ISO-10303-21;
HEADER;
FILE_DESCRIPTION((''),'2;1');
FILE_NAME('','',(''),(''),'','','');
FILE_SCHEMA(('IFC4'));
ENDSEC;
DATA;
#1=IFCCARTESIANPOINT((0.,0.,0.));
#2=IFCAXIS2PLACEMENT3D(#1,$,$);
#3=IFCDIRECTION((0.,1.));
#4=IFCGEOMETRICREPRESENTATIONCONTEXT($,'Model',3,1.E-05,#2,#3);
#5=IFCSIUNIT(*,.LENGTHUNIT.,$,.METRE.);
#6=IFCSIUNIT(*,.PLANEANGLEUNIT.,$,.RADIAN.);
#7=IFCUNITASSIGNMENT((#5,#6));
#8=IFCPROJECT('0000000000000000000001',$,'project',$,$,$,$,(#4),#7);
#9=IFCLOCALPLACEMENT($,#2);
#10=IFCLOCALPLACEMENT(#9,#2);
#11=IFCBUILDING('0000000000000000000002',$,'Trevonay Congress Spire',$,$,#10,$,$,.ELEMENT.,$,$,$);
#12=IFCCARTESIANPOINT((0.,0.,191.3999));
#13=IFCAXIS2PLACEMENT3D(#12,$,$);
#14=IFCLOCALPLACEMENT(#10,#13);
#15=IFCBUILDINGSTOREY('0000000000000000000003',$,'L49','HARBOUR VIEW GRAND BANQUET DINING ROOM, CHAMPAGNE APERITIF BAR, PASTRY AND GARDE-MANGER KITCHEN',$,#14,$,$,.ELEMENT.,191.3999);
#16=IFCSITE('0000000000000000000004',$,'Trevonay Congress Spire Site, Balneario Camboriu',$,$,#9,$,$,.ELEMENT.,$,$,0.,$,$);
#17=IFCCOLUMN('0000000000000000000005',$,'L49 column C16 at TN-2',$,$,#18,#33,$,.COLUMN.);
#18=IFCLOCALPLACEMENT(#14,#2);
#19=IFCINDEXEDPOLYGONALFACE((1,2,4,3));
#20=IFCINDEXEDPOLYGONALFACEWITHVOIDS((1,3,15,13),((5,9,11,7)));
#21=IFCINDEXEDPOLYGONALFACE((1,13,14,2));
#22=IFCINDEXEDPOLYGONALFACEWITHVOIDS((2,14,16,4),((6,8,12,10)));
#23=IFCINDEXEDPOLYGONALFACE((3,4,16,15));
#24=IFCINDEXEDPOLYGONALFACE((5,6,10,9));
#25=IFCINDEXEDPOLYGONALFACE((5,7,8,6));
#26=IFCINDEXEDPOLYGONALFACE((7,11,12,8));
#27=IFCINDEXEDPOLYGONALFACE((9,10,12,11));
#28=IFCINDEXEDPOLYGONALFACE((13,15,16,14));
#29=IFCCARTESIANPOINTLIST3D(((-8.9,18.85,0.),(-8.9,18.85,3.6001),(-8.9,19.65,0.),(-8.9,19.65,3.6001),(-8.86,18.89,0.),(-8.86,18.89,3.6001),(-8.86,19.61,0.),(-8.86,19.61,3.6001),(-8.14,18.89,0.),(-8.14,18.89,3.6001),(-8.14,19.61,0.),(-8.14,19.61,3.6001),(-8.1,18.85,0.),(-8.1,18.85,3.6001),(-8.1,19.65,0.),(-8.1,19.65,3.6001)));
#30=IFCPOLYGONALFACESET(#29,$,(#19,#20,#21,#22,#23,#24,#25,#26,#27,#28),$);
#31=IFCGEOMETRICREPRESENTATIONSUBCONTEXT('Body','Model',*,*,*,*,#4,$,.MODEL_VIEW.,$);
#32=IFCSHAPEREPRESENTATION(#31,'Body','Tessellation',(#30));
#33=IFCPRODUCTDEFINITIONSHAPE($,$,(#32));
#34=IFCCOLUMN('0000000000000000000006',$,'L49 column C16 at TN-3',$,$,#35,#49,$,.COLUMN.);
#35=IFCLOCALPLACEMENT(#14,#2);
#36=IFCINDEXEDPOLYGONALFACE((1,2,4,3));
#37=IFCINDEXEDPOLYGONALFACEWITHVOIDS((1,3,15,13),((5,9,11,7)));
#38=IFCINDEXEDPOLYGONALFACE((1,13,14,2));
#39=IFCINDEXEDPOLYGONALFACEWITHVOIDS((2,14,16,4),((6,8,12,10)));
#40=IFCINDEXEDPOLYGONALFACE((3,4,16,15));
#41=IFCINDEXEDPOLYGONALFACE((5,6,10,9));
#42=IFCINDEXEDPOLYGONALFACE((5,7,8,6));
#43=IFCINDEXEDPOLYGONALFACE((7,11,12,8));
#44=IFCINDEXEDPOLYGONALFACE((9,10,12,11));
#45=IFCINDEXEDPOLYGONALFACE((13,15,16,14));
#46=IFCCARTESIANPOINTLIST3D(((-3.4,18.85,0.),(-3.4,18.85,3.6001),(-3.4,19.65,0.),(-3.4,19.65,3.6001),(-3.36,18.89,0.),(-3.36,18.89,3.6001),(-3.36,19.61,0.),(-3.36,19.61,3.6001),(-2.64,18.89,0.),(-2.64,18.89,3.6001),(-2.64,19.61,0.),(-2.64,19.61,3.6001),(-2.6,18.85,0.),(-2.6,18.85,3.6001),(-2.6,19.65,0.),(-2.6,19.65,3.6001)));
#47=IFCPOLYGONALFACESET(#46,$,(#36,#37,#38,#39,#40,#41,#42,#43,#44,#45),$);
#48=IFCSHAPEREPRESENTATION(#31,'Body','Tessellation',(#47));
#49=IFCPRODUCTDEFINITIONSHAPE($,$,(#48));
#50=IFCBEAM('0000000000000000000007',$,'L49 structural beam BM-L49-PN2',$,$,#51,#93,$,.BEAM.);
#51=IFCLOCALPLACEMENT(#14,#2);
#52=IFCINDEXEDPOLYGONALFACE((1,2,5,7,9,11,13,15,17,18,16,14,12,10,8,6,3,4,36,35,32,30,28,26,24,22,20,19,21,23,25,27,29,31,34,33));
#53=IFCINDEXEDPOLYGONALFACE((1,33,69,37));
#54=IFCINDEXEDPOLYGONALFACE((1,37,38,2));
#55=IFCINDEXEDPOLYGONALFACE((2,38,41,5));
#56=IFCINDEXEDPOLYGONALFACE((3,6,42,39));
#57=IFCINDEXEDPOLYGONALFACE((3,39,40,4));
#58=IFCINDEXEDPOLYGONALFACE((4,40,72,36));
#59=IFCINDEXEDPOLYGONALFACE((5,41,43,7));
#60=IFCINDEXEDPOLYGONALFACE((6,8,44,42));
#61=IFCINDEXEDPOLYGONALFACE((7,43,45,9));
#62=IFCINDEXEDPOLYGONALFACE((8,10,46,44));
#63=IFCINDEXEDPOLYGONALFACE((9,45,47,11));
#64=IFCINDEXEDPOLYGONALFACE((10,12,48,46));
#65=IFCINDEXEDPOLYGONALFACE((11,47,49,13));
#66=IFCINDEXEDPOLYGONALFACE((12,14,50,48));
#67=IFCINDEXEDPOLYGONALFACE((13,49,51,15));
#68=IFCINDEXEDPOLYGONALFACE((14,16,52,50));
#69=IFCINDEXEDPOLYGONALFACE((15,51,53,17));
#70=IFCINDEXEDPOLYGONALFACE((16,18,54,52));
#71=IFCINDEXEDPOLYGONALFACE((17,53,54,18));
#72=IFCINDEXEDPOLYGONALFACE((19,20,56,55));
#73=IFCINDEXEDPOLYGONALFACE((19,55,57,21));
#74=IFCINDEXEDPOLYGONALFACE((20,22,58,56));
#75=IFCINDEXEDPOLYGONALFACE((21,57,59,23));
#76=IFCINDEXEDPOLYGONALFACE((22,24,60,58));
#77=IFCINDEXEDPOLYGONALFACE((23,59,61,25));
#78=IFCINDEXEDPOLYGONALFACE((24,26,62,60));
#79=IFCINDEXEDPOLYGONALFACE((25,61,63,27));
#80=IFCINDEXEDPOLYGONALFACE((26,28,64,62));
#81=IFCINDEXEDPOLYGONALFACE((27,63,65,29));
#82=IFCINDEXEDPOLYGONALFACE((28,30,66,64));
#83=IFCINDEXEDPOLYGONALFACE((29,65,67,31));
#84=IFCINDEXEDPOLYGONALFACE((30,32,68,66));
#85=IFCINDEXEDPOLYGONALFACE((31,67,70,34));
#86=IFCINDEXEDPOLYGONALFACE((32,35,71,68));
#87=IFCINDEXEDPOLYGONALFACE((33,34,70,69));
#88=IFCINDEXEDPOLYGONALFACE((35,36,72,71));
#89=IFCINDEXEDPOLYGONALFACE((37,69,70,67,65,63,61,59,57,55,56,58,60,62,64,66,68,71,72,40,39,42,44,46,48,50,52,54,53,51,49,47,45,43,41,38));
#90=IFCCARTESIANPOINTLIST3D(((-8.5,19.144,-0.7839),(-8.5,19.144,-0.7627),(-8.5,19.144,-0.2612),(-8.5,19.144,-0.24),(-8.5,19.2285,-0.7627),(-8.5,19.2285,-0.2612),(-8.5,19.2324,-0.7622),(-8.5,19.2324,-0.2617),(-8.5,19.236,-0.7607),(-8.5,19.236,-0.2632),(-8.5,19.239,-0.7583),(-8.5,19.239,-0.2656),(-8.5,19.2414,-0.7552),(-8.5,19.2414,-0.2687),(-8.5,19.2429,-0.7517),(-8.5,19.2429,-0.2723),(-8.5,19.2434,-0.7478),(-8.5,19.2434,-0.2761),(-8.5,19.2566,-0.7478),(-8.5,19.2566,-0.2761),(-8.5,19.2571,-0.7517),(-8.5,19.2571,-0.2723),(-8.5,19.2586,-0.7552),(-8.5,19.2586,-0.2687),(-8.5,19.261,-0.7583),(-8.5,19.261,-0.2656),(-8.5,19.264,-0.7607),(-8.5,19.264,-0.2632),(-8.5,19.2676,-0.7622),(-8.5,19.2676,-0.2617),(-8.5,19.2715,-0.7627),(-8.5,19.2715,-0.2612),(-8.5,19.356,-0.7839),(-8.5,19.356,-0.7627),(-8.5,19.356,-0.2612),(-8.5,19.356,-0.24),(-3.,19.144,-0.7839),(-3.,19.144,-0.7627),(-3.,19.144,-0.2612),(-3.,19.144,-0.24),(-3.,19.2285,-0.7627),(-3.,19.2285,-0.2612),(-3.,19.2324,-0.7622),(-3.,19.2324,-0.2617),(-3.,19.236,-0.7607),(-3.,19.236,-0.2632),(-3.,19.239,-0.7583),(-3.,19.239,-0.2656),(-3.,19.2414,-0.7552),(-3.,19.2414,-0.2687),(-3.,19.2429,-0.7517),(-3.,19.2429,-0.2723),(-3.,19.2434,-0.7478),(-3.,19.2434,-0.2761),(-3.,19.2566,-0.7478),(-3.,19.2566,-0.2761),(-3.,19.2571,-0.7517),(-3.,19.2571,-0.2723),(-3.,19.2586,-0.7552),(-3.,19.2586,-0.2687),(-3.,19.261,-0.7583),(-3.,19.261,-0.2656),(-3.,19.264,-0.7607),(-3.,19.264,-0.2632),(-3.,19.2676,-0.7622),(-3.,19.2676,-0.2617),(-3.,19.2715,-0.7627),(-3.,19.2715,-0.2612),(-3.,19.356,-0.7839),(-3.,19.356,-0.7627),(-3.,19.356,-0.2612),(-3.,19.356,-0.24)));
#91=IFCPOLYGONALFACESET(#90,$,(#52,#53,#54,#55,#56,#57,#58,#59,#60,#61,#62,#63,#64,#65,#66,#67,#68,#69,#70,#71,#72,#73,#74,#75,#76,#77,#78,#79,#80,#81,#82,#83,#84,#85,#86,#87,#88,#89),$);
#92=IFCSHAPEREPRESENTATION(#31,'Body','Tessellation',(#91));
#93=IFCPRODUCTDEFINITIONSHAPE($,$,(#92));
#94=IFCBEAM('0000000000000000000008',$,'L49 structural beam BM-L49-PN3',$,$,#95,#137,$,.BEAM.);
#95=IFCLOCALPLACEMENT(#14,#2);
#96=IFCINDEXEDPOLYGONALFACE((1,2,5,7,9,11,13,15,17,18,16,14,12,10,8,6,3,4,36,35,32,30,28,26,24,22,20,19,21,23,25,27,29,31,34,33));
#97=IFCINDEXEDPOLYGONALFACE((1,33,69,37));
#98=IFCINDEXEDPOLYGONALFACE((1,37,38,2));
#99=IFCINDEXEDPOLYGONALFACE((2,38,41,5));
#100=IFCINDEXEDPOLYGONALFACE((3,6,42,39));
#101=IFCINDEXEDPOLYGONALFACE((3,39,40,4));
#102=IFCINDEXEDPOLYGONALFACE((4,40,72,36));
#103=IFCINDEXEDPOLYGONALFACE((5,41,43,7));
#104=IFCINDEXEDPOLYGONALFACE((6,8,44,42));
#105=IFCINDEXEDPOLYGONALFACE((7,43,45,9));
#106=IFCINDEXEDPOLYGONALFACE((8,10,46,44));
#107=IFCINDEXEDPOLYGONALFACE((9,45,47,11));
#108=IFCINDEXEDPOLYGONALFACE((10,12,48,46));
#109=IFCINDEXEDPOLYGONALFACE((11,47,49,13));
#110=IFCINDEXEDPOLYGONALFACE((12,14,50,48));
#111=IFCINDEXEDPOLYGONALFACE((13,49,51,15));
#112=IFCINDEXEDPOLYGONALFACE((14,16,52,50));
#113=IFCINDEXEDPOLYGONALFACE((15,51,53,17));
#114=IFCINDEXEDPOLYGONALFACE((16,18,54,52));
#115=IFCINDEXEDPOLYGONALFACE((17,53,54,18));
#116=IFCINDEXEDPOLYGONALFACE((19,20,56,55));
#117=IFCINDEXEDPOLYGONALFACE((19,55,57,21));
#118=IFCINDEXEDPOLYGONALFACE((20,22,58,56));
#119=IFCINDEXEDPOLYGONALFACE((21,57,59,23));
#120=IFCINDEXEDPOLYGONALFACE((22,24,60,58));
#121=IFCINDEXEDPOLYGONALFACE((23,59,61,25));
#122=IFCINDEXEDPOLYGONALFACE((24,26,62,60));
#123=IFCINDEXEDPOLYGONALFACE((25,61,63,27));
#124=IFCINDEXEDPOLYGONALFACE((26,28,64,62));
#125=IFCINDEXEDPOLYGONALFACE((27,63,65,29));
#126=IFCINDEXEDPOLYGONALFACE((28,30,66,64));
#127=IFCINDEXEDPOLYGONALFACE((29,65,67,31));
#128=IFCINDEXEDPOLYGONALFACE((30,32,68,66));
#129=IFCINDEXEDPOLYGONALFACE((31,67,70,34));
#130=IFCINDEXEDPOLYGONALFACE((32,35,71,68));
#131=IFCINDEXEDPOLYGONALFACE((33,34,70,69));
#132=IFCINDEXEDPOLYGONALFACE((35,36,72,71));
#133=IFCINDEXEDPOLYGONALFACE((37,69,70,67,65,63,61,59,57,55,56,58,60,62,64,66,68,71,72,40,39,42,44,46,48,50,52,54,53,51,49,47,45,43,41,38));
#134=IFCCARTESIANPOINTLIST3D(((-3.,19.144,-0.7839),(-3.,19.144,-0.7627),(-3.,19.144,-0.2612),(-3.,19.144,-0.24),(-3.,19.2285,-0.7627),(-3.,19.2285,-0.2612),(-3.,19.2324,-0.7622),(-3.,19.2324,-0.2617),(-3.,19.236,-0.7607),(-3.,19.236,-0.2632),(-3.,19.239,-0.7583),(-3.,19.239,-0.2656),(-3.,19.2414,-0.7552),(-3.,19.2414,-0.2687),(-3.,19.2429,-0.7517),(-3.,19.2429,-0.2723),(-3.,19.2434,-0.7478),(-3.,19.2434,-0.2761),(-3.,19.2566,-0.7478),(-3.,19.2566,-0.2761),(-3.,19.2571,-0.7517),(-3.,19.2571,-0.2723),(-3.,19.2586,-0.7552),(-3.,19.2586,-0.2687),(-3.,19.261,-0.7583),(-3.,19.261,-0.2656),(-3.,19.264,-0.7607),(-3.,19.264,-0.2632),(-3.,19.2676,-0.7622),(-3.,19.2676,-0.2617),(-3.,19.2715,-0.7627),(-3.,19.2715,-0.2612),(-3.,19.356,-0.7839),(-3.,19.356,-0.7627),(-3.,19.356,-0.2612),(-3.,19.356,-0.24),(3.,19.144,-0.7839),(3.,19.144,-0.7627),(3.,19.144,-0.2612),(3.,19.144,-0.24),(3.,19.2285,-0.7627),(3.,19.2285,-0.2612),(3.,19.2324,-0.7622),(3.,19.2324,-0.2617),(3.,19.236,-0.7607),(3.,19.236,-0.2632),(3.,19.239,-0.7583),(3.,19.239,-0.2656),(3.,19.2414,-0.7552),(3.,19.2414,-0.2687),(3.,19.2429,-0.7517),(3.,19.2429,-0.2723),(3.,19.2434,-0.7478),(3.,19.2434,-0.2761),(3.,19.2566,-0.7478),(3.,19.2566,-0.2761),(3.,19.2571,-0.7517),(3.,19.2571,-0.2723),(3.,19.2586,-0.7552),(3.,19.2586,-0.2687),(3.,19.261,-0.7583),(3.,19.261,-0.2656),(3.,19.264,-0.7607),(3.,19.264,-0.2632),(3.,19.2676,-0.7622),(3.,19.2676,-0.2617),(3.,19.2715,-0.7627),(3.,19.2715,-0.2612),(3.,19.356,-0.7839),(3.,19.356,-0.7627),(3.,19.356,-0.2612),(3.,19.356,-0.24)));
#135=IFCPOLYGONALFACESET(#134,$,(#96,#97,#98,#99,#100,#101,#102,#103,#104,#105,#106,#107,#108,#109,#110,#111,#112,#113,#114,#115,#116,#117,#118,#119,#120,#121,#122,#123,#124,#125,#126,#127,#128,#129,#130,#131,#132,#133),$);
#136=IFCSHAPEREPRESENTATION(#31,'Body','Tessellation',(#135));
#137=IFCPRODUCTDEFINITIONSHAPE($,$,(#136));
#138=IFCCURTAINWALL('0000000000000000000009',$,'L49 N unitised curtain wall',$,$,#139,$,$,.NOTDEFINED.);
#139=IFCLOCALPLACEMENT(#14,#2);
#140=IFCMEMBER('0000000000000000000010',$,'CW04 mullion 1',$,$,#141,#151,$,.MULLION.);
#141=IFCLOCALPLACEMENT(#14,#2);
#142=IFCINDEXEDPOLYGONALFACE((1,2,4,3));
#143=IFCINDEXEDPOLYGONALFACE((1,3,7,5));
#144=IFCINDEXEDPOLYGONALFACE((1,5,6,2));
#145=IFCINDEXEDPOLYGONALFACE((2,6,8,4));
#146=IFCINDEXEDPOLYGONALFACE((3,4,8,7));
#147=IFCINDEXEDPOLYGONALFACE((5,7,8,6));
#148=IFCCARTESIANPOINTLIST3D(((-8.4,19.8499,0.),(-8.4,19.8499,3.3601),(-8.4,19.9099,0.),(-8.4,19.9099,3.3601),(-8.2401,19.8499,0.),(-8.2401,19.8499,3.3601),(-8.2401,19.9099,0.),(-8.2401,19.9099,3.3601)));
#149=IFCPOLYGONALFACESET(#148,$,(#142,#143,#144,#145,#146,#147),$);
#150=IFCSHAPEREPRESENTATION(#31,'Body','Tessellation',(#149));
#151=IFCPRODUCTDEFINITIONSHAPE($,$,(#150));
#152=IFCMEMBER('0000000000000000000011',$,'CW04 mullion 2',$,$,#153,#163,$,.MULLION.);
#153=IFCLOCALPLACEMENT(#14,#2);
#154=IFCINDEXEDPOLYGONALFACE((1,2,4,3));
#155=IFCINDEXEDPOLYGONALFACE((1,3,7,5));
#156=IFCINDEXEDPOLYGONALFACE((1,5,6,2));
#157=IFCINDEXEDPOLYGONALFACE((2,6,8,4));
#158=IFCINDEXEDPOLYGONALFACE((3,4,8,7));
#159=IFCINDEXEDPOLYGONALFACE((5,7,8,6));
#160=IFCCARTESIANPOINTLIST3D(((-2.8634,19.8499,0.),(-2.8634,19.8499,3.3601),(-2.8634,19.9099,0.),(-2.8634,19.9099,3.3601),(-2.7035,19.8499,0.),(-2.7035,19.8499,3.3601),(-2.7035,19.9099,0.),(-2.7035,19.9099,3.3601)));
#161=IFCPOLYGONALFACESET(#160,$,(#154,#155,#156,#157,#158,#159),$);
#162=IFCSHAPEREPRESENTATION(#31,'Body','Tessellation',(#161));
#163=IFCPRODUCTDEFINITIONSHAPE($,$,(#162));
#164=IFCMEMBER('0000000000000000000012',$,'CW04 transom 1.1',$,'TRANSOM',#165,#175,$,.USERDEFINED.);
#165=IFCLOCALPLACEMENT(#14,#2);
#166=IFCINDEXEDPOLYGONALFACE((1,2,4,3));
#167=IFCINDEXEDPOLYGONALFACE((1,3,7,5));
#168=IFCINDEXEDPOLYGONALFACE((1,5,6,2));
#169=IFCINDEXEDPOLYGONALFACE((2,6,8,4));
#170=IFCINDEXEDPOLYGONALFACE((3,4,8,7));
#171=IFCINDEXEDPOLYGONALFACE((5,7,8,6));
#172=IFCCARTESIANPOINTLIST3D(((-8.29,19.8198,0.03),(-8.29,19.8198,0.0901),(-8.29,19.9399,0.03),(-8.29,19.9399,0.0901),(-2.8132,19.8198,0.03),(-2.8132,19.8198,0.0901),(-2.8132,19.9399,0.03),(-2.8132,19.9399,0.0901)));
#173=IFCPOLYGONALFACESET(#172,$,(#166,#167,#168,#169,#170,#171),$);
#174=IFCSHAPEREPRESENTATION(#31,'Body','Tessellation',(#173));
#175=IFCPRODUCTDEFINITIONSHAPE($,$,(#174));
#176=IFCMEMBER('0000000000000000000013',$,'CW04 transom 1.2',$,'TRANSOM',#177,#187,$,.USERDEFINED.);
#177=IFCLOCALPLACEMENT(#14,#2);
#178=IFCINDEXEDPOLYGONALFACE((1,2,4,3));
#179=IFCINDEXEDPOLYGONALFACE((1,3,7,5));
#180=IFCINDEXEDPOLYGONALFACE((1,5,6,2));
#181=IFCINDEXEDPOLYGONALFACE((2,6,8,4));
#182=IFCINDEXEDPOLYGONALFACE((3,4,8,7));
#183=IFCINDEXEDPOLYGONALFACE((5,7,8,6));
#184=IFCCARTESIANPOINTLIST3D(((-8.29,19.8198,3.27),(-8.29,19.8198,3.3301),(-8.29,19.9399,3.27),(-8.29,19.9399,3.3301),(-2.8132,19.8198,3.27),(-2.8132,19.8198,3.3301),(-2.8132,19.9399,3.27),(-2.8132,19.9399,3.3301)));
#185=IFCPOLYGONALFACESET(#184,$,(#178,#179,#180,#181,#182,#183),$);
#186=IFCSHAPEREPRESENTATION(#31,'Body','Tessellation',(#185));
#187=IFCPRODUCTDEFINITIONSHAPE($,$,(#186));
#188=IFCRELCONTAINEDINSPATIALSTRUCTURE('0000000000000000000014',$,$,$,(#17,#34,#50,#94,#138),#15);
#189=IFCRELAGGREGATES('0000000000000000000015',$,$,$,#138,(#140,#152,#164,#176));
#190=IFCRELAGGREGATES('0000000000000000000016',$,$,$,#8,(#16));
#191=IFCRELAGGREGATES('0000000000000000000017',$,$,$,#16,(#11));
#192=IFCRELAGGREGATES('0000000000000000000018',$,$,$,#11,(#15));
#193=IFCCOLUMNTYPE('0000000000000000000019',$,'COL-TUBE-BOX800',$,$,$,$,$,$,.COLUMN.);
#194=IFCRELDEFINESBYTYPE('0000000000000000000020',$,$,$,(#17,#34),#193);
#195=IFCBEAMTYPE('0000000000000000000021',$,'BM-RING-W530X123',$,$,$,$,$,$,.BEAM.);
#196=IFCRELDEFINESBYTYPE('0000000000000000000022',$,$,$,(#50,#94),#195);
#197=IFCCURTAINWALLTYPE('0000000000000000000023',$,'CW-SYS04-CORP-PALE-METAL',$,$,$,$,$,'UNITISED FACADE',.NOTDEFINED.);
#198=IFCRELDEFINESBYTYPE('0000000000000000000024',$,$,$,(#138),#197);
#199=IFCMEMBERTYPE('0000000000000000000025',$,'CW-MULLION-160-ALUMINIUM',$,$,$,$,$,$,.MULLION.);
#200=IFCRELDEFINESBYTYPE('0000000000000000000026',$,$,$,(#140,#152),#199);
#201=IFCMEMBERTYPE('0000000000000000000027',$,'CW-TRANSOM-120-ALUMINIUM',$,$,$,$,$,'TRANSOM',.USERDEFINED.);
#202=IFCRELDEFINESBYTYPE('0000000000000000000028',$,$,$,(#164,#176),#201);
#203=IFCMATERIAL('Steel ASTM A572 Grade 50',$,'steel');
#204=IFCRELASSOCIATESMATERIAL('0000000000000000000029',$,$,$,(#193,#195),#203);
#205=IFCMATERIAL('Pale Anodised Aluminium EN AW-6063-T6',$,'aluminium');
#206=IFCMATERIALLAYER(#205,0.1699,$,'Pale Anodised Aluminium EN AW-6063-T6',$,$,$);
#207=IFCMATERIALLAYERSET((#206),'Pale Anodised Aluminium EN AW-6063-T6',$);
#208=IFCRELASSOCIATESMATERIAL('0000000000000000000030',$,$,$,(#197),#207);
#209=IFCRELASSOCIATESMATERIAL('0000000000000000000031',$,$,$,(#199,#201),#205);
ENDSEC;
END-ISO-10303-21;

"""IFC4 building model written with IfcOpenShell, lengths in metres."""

from ifc_helpers import new_model, si_unit, direction, frame, origin, origin_2d, place, context, subcontext, project, spatial, rectangle, hollow_rectangle, i_section, extrude, material, layer, layer_set, material_profile, profile_set, type_object, element, aggregate, save


model = new_model("IFC4")

# Units and contexts
model_context = context("Model", 3, precision=1e-05, world=origin(), true_north=direction((0.0, 1.0)))
body_context = subcontext(model_context, "Body", "Model", "MODEL_VIEW")
ifc_project = project(units=[si_unit("LENGTHUNIT", "METRE"), si_unit("PLANEANGLEUNIT", "RADIAN")], contexts=[model_context])

# Site, building, storey
site_placement = place(None, origin())
site = spatial("IfcSite", under=ifc_project, at=site_placement, Name="Trevonay Congress Spire Site, Balneario Camboriu", CompositionType="ELEMENT", RefElevation=0.0)
building_placement = place(site_placement, origin())
building = spatial("IfcBuilding", under=site, at=building_placement, Name="Trevonay Congress Spire", CompositionType="ELEMENT")
storey_placement = place(building_placement, frame((0.0, 0.0, 191.3999)))
storey = spatial("IfcBuildingStorey", under=building, at=storey_placement, Name="L49", Description="HARBOUR VIEW GRAND BANQUET DINING ROOM, CHAMPAGNE APERITIF BAR, PASTRY AND GARDE-MANGER KITCHEN", CompositionType="ELEMENT", Elevation=191.3999)

# Columns
ifc_material_1 = material(Name="Steel ASTM A572 Grade 50", Category="steel")
ifc_material_profile_1 = material_profile(ifc_material_1, hollow_rectangle(XDim=0.8, YDim=0.8, WallThickness=0.04, at=origin_2d()), Name="BOX 800x800x40")
ifc_profile_set_1 = profile_set([ifc_material_profile_1], Name="Steel ASTM A572 Grade 50")
column_type = type_object("IfcColumnType", Name="COL-TUBE-BOX800", PredefinedType="COLUMN", material=ifc_profile_set_1)
for number, where, z_axis, x_axis, name in (
    (1, (-8.5, 19.25, 0.0), (0.0, 0.0, 1.0), (1.0, 0.0, 0.0), "L49 column C16 at TN-2"),
    (2, (-3.0, 19.25, 0.0), (0.0, 0.0, 1.0), (1.0, 0.0, 0.0), "L49 column C16 at TN-3"),
):
    element("IfcColumn", number, at=place(storey_placement, frame(where, z_axis=z_axis, x_axis=x_axis)), inside=storey, type_object=column_type, Name=name, PredefinedType="COLUMN", context=body_context, shape_type="SweptSolid", body=[
        extrude(hollow_rectangle(XDim=0.8, YDim=0.8, WallThickness=0.04, at=origin_2d()), origin(), (0.0, 0.0, 1.0), 3.6001),
    ])

# Beams
ifc_material_profile_2 = material_profile(ifc_material_1, i_section(OverallWidth=0.2119, OverallDepth=0.5439, WebThickness=0.0132, FlangeThickness=0.0212, FilletRadius=0.0149, at=origin_2d()), Name="W530x123")
ifc_profile_set_2 = profile_set([ifc_material_profile_2], Name="Steel ASTM A572 Grade 50")
beam_type = type_object("IfcBeamType", Name="BM-RING-W530X123", PredefinedType="BEAM", material=ifc_profile_set_2)
beam_1_placement = place(storey_placement, frame((-8.5, 19.25, -0.512), z_axis=(1.0, 0.0, 0.0), x_axis=(0.0, 1.0, 0.0)))
element("IfcBeam", 3, at=beam_1_placement, inside=storey, type_object=beam_type, Name="L49 structural beam BM-L49-PN2", PredefinedType="BEAM", context=body_context, shape_type="SweptSolid", body=[
    extrude(i_section(OverallWidth=0.2119, OverallDepth=0.5439, WebThickness=0.0132, FlangeThickness=0.0212, FilletRadius=0.0149, at=origin_2d()), origin(), (0.0, 0.0, 1.0), 5.5),
])
beam_2_placement = place(storey_placement, frame((-3.0, 19.25, -0.512), z_axis=(1.0, 0.0, 0.0), x_axis=(0.0, 1.0, 0.0)))
element("IfcBeam", 4, at=beam_2_placement, inside=storey, type_object=beam_type, Name="L49 structural beam BM-L49-PN3", PredefinedType="BEAM", context=body_context, shape_type="SweptSolid", body=[
    extrude(i_section(OverallWidth=0.2119, OverallDepth=0.5439, WebThickness=0.0132, FlangeThickness=0.0212, FilletRadius=0.0149, at=origin_2d()), origin(), (0.0, 0.0, 1.0), 6.0),
])

# Curtain wall, members
ifc_material_2 = material(Name="Pale Anodised Aluminium EN AW-6063-T6", Category="aluminium")
ifc_layer_1 = layer(ifc_material_2, 0.1699, Name="Pale Anodised Aluminium EN AW-6063-T6")
ifc_layer_set_1 = layer_set([ifc_layer_1], Name="Pale Anodised Aluminium EN AW-6063-T6")
curtain_wall_type = type_object("IfcCurtainWallType", Name="CW-SYS04-CORP-PALE-METAL", ElementType="UNITISED FACADE", PredefinedType="NOTDEFINED", material=ifc_layer_set_1)
curtain_wall_placement = place(storey_placement, origin())
curtain_wall = element("IfcCurtainWall", 5, at=curtain_wall_placement, inside=storey, type_object=curtain_wall_type, Name="L49 N unitised curtain wall", PredefinedType="NOTDEFINED")
ifc_material_profile_3 = material_profile(ifc_material_2, rectangle(XDim=0.0601, YDim=0.1599, at=origin_2d()), Name="CW-MULLION-160-ALUMINIUM")
ifc_profile_set_3 = profile_set([ifc_material_profile_3], Name="Pale Anodised Aluminium EN AW-6063-T6")
member_type_1 = type_object("IfcMemberType", Name="CW-MULLION-160-ALUMINIUM", PredefinedType="MULLION", material=ifc_profile_set_3)
member_1_placement = place(storey_placement, frame((-8.3201, 19.8799, 0.0), z_axis=(0.0, 0.0, 1.0), x_axis=(0.0, 1.0, 0.0)))
member_1 = element("IfcMember", 6, at=member_1_placement, type_object=member_type_1, Name="CW04 mullion 1", PredefinedType="MULLION", context=body_context, shape_type="SweptSolid", body=[
    extrude(rectangle(XDim=0.0601, YDim=0.1599, at=origin_2d()), origin(), (0.0, 0.0, 1.0), 3.3601),
])
member_2_placement = place(storey_placement, frame((-2.7834, 19.8799, 0.0), z_axis=(0.0, 0.0, 1.0), x_axis=(0.0, 1.0, 0.0)))
member_2 = element("IfcMember", 7, at=member_2_placement, type_object=member_type_1, Name="CW04 mullion 2", PredefinedType="MULLION", context=body_context, shape_type="SweptSolid", body=[
    extrude(rectangle(XDim=0.0601, YDim=0.1599, at=origin_2d()), origin(), (0.0, 0.0, 1.0), 3.3601),
])
ifc_material_profile_4 = material_profile(ifc_material_2, rectangle(XDim=0.1201, YDim=0.0601, at=origin_2d()), Name="CW-TRANSOM-120-ALUMINIUM")
ifc_profile_set_4 = profile_set([ifc_material_profile_4], Name="Pale Anodised Aluminium EN AW-6063-T6")
member_type_2 = type_object("IfcMemberType", Name="CW-TRANSOM-120-ALUMINIUM", ElementType="TRANSOM", PredefinedType="USERDEFINED", material=ifc_profile_set_4)
member_3_placement = place(storey_placement, frame((-8.29, 19.8799, 0.0601), z_axis=(1.0, 0.0, 0.0), x_axis=(0.0, 1.0, 0.0)))
member_3 = element("IfcMember", 8, at=member_3_placement, type_object=member_type_2, Name="CW04 transom 1.1", ObjectType="TRANSOM", PredefinedType="USERDEFINED", context=body_context, shape_type="SweptSolid", body=[
    extrude(rectangle(XDim=0.1201, YDim=0.0601, at=origin_2d()), origin(), (0.0, 0.0, 1.0), 5.4768),
])
member_4_placement = place(storey_placement, frame((-8.29, 19.8799, 3.3), z_axis=(1.0, 0.0, 0.0), x_axis=(0.0, 1.0, 0.0)))
member_4 = element("IfcMember", 9, at=member_4_placement, type_object=member_type_2, Name="CW04 transom 1.2", ObjectType="TRANSOM", PredefinedType="USERDEFINED", context=body_context, shape_type="SweptSolid", body=[
    extrude(rectangle(XDim=0.1201, YDim=0.0601, at=origin_2d()), origin(), (0.0, 0.0, 1.0), 5.4768),
])

aggregate(curtain_wall, [member_1, member_2, member_3, member_4])

save(model, "model.ifc")
